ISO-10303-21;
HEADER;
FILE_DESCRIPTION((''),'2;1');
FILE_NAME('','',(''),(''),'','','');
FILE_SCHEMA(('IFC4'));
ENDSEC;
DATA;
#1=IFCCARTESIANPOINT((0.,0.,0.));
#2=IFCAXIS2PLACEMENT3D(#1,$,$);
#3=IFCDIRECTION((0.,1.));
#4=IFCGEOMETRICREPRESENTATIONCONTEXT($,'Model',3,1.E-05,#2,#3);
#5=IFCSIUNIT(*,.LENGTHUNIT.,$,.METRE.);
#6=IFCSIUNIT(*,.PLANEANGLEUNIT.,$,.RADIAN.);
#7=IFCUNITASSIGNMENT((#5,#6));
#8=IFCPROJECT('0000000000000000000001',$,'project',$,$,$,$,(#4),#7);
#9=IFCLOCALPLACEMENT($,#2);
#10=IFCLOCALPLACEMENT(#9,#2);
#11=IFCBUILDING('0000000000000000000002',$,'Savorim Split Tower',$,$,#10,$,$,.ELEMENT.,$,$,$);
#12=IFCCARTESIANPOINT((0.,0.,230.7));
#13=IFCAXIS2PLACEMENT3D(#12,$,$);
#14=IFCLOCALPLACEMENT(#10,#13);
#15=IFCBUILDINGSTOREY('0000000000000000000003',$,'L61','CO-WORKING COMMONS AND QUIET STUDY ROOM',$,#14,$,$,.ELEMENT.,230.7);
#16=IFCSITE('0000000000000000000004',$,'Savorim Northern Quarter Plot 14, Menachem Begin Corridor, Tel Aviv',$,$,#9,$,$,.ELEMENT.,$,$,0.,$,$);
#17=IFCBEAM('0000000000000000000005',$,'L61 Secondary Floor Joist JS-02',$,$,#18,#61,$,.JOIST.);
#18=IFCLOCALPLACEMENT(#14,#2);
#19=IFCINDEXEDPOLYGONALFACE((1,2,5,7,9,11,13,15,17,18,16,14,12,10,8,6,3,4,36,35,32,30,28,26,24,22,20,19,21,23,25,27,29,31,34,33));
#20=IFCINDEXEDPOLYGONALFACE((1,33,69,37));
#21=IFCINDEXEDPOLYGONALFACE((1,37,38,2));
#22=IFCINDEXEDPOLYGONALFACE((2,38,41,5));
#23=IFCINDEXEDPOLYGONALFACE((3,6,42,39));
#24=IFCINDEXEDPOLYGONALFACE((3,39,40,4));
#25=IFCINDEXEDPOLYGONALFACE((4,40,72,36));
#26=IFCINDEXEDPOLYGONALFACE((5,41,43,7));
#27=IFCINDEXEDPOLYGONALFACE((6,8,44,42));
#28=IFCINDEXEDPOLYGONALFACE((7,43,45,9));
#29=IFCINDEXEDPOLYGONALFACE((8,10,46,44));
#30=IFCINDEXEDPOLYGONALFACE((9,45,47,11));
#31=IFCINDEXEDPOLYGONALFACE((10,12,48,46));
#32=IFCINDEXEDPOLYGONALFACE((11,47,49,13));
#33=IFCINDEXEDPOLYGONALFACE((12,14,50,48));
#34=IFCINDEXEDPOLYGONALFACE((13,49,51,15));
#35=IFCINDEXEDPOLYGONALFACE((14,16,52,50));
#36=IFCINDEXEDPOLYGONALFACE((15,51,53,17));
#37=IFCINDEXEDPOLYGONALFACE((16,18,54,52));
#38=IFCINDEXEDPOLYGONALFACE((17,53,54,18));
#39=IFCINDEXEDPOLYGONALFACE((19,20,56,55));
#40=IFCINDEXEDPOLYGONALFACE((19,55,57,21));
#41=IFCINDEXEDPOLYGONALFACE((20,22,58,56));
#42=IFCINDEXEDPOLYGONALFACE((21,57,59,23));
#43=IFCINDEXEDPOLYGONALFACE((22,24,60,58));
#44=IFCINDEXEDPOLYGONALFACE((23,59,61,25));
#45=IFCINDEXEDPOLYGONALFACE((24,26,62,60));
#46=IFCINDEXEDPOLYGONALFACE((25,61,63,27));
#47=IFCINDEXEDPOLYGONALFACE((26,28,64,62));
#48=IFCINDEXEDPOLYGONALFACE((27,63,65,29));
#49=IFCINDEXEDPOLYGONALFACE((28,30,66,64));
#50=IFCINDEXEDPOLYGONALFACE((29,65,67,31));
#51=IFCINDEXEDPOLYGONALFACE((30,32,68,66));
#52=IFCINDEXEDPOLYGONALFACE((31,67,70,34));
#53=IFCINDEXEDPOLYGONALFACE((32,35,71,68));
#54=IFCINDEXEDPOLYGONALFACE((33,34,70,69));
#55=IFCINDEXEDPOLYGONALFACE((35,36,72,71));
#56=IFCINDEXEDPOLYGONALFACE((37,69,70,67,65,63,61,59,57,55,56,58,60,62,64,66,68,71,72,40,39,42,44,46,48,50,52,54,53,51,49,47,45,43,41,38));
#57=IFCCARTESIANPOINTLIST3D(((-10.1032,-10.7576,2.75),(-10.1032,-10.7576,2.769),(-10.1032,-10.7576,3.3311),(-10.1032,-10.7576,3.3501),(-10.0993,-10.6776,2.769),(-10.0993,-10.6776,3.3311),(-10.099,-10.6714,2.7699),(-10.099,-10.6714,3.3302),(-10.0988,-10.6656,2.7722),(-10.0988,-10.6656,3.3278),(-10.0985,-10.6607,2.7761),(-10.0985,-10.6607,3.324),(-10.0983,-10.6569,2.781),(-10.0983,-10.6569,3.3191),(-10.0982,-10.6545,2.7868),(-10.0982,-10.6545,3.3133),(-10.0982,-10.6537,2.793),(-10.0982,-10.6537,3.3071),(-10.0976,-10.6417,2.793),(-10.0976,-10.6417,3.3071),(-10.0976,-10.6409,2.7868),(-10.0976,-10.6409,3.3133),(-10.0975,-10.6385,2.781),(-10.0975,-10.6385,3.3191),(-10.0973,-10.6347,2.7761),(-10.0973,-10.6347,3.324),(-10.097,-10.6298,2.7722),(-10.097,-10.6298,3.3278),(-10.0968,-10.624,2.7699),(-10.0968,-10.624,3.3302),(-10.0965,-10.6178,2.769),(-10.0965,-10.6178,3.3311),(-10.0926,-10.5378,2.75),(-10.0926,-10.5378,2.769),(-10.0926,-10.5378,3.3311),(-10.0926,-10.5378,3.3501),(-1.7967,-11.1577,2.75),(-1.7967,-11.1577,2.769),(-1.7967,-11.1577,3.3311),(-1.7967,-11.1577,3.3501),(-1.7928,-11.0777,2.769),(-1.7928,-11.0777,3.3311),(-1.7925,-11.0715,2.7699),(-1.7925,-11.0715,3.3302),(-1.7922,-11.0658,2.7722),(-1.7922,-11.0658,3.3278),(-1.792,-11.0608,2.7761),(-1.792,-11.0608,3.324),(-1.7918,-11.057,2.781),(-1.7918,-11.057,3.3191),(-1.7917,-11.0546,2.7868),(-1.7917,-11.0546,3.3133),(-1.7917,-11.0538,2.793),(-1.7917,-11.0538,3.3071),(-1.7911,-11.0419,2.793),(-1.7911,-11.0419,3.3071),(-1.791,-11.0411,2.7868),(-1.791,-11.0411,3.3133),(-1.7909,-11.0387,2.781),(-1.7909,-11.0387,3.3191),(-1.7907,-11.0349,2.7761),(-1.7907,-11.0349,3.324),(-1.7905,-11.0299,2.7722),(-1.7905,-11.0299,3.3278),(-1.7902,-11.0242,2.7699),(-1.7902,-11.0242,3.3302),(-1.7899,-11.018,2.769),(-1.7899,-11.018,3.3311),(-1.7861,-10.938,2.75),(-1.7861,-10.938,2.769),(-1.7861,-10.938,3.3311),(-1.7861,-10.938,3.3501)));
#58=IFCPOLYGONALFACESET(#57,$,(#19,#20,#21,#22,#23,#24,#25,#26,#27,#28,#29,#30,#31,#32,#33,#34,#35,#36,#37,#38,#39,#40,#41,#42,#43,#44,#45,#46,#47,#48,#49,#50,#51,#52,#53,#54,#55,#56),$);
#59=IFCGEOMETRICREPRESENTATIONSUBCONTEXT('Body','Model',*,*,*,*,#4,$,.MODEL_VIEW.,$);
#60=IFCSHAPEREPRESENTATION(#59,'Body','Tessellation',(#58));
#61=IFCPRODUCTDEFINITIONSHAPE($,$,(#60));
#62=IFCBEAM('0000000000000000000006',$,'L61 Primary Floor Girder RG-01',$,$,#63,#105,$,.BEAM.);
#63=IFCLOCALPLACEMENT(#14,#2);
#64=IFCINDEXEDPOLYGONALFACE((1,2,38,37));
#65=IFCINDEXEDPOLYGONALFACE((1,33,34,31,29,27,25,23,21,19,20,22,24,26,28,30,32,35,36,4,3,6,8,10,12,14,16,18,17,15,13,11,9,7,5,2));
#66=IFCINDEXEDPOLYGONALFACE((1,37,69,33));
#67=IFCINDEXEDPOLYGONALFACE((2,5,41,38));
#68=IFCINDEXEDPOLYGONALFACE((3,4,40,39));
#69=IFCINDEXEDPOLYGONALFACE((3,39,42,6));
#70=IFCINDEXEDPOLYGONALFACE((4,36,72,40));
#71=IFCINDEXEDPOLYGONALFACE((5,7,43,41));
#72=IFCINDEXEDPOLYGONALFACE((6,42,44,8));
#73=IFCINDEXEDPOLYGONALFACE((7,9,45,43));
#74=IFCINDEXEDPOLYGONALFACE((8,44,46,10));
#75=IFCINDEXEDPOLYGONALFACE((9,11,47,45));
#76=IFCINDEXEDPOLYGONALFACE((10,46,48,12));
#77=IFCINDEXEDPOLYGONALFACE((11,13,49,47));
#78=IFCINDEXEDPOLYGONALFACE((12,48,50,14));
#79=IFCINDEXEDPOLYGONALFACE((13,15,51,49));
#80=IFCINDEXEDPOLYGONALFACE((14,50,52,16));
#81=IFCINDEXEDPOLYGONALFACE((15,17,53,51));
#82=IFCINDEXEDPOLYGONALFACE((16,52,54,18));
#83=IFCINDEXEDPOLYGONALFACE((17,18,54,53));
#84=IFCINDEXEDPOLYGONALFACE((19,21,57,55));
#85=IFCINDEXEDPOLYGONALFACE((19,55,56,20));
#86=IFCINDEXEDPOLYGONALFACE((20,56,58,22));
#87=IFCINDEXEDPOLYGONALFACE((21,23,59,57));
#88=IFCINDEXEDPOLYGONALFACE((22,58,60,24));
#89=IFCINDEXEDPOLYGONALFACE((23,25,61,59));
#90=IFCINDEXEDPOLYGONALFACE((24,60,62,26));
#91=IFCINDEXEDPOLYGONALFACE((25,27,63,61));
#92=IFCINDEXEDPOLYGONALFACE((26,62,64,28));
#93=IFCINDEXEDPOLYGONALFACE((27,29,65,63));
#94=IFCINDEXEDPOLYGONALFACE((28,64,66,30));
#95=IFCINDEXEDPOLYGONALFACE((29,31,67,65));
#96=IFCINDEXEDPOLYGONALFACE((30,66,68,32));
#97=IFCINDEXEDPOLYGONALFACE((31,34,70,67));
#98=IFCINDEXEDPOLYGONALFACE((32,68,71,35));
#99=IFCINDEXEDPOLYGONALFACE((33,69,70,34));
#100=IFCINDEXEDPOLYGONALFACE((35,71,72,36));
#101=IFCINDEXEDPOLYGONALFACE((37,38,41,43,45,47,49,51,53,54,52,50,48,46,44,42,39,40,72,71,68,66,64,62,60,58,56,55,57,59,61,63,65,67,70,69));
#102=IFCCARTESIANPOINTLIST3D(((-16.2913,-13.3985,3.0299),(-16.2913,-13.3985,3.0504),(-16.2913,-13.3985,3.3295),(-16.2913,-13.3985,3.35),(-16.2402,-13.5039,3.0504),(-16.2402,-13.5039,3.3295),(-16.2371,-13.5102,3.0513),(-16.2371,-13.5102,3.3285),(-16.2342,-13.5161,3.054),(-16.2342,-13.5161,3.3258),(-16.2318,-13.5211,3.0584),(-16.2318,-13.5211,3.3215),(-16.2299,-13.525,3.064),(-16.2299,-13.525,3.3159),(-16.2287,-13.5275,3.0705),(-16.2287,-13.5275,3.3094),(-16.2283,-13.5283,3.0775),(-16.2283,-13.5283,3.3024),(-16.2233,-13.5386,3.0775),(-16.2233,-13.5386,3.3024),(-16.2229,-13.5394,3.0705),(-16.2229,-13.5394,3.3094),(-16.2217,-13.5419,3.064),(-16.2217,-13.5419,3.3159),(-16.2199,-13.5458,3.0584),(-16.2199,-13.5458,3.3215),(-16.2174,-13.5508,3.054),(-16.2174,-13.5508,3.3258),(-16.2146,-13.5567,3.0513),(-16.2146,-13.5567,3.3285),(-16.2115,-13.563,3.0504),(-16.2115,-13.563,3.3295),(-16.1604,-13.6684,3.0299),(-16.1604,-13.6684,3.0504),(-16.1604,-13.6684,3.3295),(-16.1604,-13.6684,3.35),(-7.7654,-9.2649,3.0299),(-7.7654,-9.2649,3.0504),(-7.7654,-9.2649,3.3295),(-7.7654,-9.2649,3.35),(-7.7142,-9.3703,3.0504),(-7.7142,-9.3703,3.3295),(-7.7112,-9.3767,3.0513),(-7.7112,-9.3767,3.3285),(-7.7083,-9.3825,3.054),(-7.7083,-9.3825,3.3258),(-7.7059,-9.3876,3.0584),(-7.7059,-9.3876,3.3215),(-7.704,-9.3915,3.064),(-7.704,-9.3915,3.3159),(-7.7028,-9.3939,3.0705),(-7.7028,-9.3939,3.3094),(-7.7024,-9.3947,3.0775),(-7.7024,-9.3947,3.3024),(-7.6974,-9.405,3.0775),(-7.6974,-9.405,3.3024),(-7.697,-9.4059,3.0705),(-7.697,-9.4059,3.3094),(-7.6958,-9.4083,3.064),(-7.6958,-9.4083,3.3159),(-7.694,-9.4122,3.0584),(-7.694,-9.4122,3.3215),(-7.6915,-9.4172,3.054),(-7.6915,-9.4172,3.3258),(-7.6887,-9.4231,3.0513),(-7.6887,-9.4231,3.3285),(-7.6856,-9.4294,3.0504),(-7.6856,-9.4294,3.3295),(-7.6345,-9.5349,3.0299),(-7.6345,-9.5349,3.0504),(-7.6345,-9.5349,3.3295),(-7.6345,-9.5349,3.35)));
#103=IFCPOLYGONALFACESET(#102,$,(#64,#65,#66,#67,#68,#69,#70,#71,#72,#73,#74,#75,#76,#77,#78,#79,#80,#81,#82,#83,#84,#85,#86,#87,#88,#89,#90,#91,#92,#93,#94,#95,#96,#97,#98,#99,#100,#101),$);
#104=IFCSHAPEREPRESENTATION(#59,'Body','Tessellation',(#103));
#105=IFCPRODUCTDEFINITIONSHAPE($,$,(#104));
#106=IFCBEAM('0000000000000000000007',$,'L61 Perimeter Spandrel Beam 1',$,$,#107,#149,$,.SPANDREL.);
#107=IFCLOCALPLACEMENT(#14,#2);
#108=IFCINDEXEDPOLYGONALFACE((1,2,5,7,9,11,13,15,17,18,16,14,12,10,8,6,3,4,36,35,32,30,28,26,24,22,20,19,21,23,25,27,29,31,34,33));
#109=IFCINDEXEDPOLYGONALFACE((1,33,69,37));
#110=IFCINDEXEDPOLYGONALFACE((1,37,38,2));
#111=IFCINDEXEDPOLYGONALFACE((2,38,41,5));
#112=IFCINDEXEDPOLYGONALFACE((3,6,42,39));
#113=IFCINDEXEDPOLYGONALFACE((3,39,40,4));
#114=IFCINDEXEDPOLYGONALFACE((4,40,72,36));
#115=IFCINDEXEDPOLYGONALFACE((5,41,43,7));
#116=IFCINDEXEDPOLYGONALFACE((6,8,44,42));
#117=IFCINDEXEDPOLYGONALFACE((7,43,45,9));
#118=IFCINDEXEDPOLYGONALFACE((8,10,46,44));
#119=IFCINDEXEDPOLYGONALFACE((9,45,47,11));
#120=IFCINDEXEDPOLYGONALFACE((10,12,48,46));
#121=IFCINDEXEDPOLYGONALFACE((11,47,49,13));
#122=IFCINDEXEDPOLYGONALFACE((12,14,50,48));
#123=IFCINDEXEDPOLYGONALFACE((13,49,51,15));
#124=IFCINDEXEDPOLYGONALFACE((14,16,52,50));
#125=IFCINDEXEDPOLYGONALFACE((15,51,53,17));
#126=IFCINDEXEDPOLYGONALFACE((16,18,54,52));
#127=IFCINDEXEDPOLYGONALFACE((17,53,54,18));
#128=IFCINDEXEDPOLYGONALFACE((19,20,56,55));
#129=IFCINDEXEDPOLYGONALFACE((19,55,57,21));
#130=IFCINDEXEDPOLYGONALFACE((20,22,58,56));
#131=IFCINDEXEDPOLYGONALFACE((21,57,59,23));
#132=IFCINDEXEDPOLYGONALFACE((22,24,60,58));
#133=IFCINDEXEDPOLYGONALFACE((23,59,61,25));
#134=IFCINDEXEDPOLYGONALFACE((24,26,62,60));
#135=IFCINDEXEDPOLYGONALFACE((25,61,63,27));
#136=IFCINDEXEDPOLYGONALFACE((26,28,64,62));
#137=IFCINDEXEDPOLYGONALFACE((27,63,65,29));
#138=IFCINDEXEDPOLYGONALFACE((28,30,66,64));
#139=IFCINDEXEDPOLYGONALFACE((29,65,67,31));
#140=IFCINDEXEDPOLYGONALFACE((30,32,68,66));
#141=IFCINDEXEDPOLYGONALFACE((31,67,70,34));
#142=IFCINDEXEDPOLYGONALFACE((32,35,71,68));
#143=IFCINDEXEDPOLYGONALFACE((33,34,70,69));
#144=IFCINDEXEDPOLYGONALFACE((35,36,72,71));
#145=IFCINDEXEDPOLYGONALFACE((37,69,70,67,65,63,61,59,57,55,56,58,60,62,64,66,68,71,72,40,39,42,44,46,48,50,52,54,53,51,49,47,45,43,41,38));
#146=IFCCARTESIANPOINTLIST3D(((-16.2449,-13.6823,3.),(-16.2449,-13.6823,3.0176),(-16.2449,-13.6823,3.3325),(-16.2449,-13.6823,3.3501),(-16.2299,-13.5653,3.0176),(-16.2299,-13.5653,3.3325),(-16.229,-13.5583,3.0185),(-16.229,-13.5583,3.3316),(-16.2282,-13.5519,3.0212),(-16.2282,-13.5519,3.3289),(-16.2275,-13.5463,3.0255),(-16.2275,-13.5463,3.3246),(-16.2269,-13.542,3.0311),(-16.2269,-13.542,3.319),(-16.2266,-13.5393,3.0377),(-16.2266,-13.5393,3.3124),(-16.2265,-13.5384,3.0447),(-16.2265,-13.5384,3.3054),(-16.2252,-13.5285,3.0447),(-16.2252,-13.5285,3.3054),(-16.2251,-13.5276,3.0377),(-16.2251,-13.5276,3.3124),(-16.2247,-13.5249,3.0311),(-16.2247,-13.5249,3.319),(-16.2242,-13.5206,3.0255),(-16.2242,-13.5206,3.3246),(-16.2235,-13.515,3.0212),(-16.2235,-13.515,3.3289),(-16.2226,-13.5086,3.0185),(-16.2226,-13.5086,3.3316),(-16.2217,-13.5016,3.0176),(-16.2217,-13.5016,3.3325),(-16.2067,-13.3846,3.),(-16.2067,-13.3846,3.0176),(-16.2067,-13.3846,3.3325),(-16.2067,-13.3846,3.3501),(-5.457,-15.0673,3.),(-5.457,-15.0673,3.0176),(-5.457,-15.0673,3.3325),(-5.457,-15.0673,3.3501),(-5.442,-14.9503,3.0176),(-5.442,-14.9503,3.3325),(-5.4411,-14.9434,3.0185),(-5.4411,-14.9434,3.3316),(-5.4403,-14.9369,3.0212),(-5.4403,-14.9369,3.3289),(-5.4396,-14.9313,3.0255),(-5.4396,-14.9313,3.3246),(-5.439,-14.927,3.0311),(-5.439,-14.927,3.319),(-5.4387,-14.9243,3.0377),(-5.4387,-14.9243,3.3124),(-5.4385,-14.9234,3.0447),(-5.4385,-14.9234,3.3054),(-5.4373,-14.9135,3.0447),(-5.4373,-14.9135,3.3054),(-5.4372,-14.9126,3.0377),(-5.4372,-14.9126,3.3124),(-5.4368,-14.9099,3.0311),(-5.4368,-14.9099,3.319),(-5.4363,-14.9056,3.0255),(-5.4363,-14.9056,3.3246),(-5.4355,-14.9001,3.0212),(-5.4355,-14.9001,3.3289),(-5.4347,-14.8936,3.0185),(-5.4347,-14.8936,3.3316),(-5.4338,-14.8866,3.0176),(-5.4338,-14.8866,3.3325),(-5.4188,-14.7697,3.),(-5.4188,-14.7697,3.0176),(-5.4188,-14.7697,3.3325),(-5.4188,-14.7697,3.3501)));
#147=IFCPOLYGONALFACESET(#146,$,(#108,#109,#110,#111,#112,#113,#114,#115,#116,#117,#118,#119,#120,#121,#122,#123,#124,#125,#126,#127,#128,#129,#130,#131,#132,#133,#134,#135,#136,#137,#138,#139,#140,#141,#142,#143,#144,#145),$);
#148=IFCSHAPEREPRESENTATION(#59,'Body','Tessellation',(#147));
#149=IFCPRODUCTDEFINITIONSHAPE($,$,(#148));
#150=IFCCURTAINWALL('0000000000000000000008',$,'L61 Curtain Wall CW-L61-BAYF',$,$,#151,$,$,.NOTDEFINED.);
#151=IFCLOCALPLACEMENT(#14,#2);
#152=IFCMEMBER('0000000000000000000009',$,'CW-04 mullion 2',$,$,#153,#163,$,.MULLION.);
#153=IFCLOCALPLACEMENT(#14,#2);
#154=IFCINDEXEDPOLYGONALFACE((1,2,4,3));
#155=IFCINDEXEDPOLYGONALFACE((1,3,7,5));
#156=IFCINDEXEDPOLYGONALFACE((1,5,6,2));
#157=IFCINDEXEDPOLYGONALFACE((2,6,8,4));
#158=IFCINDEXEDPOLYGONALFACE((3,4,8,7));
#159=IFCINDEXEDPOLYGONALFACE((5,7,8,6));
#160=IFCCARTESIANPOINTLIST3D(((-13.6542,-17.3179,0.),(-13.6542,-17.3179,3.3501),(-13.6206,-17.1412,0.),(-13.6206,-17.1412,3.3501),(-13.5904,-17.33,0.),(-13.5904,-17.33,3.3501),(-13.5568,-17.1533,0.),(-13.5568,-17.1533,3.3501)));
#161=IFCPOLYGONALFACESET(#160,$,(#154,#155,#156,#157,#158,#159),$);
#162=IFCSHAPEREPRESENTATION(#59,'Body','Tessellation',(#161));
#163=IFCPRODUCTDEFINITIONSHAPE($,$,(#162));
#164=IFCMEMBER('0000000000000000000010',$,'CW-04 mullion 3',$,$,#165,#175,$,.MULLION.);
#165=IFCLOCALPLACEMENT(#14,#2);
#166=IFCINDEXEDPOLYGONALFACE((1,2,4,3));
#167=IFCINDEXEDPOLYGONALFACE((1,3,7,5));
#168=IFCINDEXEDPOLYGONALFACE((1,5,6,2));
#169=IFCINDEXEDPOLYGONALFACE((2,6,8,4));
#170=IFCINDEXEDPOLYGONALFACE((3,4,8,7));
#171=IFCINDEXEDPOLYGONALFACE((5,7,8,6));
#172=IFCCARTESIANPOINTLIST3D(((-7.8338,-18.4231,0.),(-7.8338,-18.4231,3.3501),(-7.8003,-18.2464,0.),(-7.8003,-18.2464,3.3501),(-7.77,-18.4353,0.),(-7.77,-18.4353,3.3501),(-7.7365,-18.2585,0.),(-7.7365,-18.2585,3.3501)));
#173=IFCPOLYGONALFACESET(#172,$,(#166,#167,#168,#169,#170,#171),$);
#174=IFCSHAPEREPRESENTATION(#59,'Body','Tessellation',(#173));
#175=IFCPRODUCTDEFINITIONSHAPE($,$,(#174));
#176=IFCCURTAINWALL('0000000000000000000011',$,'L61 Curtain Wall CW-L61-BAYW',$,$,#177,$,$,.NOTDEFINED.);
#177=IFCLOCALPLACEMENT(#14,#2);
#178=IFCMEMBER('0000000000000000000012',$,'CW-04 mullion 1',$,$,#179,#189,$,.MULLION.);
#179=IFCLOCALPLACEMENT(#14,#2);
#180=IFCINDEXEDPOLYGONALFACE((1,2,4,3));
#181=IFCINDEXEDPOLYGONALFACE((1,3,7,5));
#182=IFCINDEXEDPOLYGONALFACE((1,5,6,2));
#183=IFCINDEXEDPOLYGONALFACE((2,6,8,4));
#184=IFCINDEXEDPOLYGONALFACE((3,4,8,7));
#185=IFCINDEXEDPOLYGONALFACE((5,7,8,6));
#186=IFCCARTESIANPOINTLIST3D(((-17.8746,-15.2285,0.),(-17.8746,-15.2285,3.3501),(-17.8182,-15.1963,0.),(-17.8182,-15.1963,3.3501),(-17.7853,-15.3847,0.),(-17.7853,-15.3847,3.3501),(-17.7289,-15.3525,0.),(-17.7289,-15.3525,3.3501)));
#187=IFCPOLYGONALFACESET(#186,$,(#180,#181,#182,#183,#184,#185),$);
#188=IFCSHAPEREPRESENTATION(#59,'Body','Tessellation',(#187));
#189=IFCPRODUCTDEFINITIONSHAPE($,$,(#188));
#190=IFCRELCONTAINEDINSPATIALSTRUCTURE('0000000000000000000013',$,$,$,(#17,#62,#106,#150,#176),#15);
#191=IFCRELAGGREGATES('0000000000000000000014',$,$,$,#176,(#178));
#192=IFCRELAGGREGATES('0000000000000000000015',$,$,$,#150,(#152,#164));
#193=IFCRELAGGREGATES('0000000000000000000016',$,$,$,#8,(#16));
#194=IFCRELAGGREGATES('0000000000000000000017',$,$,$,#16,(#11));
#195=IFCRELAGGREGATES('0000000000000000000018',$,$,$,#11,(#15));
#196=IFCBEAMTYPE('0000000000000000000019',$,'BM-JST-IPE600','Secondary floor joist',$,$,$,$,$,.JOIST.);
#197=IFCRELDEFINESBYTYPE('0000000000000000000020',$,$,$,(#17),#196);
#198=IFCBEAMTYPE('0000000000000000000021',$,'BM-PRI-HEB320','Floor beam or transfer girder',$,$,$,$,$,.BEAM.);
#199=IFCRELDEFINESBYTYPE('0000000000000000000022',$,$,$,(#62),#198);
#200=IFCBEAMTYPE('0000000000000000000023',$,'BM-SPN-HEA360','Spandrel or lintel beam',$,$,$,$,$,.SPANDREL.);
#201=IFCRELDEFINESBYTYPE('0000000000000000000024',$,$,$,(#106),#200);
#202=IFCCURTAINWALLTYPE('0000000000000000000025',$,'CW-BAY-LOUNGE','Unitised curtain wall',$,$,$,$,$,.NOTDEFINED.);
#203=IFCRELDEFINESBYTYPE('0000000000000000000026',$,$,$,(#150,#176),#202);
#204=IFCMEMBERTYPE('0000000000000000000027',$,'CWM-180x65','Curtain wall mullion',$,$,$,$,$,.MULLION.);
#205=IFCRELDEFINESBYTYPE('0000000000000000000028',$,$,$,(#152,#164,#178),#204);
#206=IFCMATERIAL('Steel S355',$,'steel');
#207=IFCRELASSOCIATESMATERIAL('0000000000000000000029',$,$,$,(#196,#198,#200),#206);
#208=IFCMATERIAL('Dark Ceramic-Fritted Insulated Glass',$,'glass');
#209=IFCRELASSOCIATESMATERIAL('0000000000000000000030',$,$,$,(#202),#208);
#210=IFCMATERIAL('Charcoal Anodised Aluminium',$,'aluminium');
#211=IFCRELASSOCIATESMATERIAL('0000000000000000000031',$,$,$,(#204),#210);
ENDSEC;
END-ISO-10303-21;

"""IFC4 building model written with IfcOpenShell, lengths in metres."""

from ifc_helpers import new_model, si_unit, direction, frame, origin, origin_2d, place, context, subcontext, project, spatial, rectangle, i_section, extrude, material, material_profile, profile_set, type_object, element, aggregate, save


model = new_model("IFC4")

# Units and contexts
model_context = context("Model", 3, precision=1e-05, world=origin(), true_north=direction((0.0, 1.0)))
body_context = subcontext(model_context, "Body", "Model", "MODEL_VIEW")
ifc_project = project(units=[si_unit("LENGTHUNIT", "METRE"), si_unit("PLANEANGLEUNIT", "RADIAN")], contexts=[model_context])

# Site, building, storey
site_placement = place(None, origin())
site = spatial("IfcSite", under=ifc_project, at=site_placement, Name="Savorim Northern Quarter Plot 14, Menachem Begin Corridor, Tel Aviv", CompositionType="ELEMENT", RefElevation=0.0)
building_placement = place(site_placement, origin())
building = spatial("IfcBuilding", under=site, at=building_placement, Name="Savorim Split Tower", CompositionType="ELEMENT")
storey_placement = place(building_placement, frame((0.0, 0.0, 230.7)))
storey = spatial("IfcBuildingStorey", under=building, at=storey_placement, Name="L61", Description="CO-WORKING COMMONS AND QUIET STUDY ROOM", CompositionType="ELEMENT", Elevation=230.7)

# Shared definitions
ifc_material_1 = material(Name="Steel S355", Category="steel")

# Beams
ifc_material_profile_1 = material_profile(ifc_material_1, i_section(OverallWidth=0.22, OverallDepth=0.6001, WebThickness=0.012, FlangeThickness=0.019, FilletRadius=0.0239, at=origin_2d()), Name="IPE 600")
ifc_profile_set_1 = profile_set([ifc_material_profile_1], Name="Steel S355")
beam_type_1 = type_object("IfcBeamType", Name="BM-JST-IPE600", Description="Secondary floor joist", PredefinedType="JOIST", material=ifc_profile_set_1)
beam_1_placement = place(storey_placement, frame((-10.0979, -10.6477, 3.05), z_axis=(0.998842, -0.048116, 0.0), x_axis=(0.048116, 0.998842, 0.0)))
element("IfcBeam", 1, at=beam_1_placement, inside=storey, type_object=beam_type_1, Name="L61 Secondary Floor Joist JS-02", PredefinedType="JOIST", context=body_context, shape_type="SweptSolid", body=[
    extrude(i_section(OverallWidth=0.22, OverallDepth=0.6001, WebThickness=0.012, FlangeThickness=0.019, FilletRadius=0.0239, at=origin_2d()), origin(), (0.0, 0.0, 1.0), 8.3162),
])
ifc_material_profile_2 = material_profile(ifc_material_1, i_section(OverallWidth=0.3, OverallDepth=0.3201, WebThickness=0.0115, FlangeThickness=0.0205, FilletRadius=0.0271, at=origin_2d()), Name="HEB 320")
ifc_profile_set_2 = profile_set([ifc_material_profile_2], Name="Steel S355")
beam_type_2 = type_object("IfcBeamType", Name="BM-PRI-HEB320", Description="Floor beam or transfer girder", PredefinedType="BEAM", material=ifc_profile_set_2)
beam_2_placement = place(storey_placement, frame((-16.2258, -13.5334, 3.1899), z_axis=(0.899823, 0.436255, 0.0), x_axis=(-0.436255, 0.899823, 0.0)))
element("IfcBeam", 2, at=beam_2_placement, inside=storey, type_object=beam_type_2, Name="L61 Primary Floor Girder RG-01", PredefinedType="BEAM", context=body_context, shape_type="SweptSolid", body=[
    extrude(i_section(OverallWidth=0.3, OverallDepth=0.3201, WebThickness=0.0115, FlangeThickness=0.0205, FilletRadius=0.0271, at=origin_2d()), origin(), (0.0, 0.0, 1.0), 9.4751),
])
ifc_material_profile_3 = material_profile(ifc_material_1, i_section(OverallWidth=0.3, OverallDepth=0.3501, WebThickness=0.01, FlangeThickness=0.0176, FilletRadius=0.0271, at=origin_2d()), Name="HEA 360")
ifc_profile_set_3 = profile_set([ifc_material_profile_3], Name="Steel S355")
beam_type_3 = type_object("IfcBeamType", Name="BM-SPN-HEA360", Description="Spandrel or lintel beam", PredefinedType="SPANDREL", material=ifc_profile_set_3)
beam_3_placement = place(storey_placement, frame((-16.2258, -13.5334, 3.175), z_axis=(0.991859, -0.127341, 0.0), x_axis=(0.127341, 0.991859, 0.0)))
element("IfcBeam", 3, at=beam_3_placement, inside=storey, type_object=beam_type_3, Name="L61 Perimeter Spandrel Beam 1", PredefinedType="SPANDREL", context=body_context, shape_type="SweptSolid", body=[
    extrude(i_section(OverallWidth=0.3, OverallDepth=0.3501, WebThickness=0.01, FlangeThickness=0.0176, FilletRadius=0.0271, at=origin_2d()), origin(), (0.0, 0.0, 1.0), 10.8765),
])

# Curtain wall, members
ifc_material_2 = material(Name="Dark Ceramic-Fritted Insulated Glass", Category="glass")
curtain_wall_type = type_object("IfcCurtainWallType", Name="CW-BAY-LOUNGE", Description="Unitised curtain wall", PredefinedType="NOTDEFINED", material=ifc_material_2)
curtain_wall_1_placement = place(storey_placement, origin())
curtain_wall_1 = element("IfcCurtainWall", 4, at=curtain_wall_1_placement, inside=storey, type_object=curtain_wall_type, Name="L61 Curtain Wall CW-L61-BAYF", PredefinedType="NOTDEFINED")
ifc_material_3 = material(Name="Charcoal Anodised Aluminium", Category="aluminium")
ifc_material_profile_4 = material_profile(ifc_material_3, rectangle(XDim=0.1799, YDim=0.0649, at=origin_2d()), Name="ALU-M 180x65")
ifc_profile_set_4 = profile_set([ifc_material_profile_4], Name="Charcoal Anodised Aluminium")
member_type_1 = type_object("IfcMemberType", Name="CWM-180x65", Description="Curtain wall mullion", PredefinedType="MULLION", material=ifc_profile_set_4)
member_1_placement = place(storey_placement, frame((-13.6055, -17.2356, 0.0), z_axis=(0.0, 0.0, 1.0), x_axis=(0.186567, 0.982442, 0.0)))
member_1 = element("IfcMember", 5, at=member_1_placement, type_object=member_type_1, Name="CW-04 mullion 2", PredefinedType="MULLION", context=body_context, shape_type="SweptSolid", body=[
    extrude(rectangle(XDim=0.1799, YDim=0.0649, at=origin_2d()), origin(), (0.0, 0.0, 1.0), 3.3501),
])
member_2_placement = place(storey_placement, frame((-7.7852, -18.3408, 0.0), z_axis=(0.0, 0.0, 1.0), x_axis=(0.186567, 0.982442, 0.0)))
member_2 = element("IfcMember", 6, at=member_2_placement, type_object=member_type_1, Name="CW-04 mullion 3", PredefinedType="MULLION", context=body_context, shape_type="SweptSolid", body=[
    extrude(rectangle(XDim=0.1799, YDim=0.0649, at=origin_2d()), origin(), (0.0, 0.0, 1.0), 3.3501),
])

# Curtain wall, member
curtain_wall_2_placement = place(storey_placement, origin())
curtain_wall_2 = element("IfcCurtainWall", 7, at=curtain_wall_2_placement, inside=storey, type_object=curtain_wall_type, Name="L61 Curtain Wall CW-L61-BAYW", PredefinedType="NOTDEFINED")
member_3_placement = place(storey_placement, frame((-17.8018, -15.2905, 0.0), z_axis=(0.0, 0.0, 1.0), x_axis=(0.496327, -0.868136, 0.0)))
member_3 = element("IfcMember", 8, at=member_3_placement, type_object=member_type_1, Name="CW-04 mullion 1", PredefinedType="MULLION", context=body_context, shape_type="SweptSolid", body=[
    extrude(rectangle(XDim=0.1799, YDim=0.0649, at=origin_2d()), origin(), (0.0, 0.0, 1.0), 3.3501),
])

aggregate(curtain_wall_2, [member_3])

aggregate(curtain_wall_1, [member_1, member_2])

save(model, "model.ifc")
